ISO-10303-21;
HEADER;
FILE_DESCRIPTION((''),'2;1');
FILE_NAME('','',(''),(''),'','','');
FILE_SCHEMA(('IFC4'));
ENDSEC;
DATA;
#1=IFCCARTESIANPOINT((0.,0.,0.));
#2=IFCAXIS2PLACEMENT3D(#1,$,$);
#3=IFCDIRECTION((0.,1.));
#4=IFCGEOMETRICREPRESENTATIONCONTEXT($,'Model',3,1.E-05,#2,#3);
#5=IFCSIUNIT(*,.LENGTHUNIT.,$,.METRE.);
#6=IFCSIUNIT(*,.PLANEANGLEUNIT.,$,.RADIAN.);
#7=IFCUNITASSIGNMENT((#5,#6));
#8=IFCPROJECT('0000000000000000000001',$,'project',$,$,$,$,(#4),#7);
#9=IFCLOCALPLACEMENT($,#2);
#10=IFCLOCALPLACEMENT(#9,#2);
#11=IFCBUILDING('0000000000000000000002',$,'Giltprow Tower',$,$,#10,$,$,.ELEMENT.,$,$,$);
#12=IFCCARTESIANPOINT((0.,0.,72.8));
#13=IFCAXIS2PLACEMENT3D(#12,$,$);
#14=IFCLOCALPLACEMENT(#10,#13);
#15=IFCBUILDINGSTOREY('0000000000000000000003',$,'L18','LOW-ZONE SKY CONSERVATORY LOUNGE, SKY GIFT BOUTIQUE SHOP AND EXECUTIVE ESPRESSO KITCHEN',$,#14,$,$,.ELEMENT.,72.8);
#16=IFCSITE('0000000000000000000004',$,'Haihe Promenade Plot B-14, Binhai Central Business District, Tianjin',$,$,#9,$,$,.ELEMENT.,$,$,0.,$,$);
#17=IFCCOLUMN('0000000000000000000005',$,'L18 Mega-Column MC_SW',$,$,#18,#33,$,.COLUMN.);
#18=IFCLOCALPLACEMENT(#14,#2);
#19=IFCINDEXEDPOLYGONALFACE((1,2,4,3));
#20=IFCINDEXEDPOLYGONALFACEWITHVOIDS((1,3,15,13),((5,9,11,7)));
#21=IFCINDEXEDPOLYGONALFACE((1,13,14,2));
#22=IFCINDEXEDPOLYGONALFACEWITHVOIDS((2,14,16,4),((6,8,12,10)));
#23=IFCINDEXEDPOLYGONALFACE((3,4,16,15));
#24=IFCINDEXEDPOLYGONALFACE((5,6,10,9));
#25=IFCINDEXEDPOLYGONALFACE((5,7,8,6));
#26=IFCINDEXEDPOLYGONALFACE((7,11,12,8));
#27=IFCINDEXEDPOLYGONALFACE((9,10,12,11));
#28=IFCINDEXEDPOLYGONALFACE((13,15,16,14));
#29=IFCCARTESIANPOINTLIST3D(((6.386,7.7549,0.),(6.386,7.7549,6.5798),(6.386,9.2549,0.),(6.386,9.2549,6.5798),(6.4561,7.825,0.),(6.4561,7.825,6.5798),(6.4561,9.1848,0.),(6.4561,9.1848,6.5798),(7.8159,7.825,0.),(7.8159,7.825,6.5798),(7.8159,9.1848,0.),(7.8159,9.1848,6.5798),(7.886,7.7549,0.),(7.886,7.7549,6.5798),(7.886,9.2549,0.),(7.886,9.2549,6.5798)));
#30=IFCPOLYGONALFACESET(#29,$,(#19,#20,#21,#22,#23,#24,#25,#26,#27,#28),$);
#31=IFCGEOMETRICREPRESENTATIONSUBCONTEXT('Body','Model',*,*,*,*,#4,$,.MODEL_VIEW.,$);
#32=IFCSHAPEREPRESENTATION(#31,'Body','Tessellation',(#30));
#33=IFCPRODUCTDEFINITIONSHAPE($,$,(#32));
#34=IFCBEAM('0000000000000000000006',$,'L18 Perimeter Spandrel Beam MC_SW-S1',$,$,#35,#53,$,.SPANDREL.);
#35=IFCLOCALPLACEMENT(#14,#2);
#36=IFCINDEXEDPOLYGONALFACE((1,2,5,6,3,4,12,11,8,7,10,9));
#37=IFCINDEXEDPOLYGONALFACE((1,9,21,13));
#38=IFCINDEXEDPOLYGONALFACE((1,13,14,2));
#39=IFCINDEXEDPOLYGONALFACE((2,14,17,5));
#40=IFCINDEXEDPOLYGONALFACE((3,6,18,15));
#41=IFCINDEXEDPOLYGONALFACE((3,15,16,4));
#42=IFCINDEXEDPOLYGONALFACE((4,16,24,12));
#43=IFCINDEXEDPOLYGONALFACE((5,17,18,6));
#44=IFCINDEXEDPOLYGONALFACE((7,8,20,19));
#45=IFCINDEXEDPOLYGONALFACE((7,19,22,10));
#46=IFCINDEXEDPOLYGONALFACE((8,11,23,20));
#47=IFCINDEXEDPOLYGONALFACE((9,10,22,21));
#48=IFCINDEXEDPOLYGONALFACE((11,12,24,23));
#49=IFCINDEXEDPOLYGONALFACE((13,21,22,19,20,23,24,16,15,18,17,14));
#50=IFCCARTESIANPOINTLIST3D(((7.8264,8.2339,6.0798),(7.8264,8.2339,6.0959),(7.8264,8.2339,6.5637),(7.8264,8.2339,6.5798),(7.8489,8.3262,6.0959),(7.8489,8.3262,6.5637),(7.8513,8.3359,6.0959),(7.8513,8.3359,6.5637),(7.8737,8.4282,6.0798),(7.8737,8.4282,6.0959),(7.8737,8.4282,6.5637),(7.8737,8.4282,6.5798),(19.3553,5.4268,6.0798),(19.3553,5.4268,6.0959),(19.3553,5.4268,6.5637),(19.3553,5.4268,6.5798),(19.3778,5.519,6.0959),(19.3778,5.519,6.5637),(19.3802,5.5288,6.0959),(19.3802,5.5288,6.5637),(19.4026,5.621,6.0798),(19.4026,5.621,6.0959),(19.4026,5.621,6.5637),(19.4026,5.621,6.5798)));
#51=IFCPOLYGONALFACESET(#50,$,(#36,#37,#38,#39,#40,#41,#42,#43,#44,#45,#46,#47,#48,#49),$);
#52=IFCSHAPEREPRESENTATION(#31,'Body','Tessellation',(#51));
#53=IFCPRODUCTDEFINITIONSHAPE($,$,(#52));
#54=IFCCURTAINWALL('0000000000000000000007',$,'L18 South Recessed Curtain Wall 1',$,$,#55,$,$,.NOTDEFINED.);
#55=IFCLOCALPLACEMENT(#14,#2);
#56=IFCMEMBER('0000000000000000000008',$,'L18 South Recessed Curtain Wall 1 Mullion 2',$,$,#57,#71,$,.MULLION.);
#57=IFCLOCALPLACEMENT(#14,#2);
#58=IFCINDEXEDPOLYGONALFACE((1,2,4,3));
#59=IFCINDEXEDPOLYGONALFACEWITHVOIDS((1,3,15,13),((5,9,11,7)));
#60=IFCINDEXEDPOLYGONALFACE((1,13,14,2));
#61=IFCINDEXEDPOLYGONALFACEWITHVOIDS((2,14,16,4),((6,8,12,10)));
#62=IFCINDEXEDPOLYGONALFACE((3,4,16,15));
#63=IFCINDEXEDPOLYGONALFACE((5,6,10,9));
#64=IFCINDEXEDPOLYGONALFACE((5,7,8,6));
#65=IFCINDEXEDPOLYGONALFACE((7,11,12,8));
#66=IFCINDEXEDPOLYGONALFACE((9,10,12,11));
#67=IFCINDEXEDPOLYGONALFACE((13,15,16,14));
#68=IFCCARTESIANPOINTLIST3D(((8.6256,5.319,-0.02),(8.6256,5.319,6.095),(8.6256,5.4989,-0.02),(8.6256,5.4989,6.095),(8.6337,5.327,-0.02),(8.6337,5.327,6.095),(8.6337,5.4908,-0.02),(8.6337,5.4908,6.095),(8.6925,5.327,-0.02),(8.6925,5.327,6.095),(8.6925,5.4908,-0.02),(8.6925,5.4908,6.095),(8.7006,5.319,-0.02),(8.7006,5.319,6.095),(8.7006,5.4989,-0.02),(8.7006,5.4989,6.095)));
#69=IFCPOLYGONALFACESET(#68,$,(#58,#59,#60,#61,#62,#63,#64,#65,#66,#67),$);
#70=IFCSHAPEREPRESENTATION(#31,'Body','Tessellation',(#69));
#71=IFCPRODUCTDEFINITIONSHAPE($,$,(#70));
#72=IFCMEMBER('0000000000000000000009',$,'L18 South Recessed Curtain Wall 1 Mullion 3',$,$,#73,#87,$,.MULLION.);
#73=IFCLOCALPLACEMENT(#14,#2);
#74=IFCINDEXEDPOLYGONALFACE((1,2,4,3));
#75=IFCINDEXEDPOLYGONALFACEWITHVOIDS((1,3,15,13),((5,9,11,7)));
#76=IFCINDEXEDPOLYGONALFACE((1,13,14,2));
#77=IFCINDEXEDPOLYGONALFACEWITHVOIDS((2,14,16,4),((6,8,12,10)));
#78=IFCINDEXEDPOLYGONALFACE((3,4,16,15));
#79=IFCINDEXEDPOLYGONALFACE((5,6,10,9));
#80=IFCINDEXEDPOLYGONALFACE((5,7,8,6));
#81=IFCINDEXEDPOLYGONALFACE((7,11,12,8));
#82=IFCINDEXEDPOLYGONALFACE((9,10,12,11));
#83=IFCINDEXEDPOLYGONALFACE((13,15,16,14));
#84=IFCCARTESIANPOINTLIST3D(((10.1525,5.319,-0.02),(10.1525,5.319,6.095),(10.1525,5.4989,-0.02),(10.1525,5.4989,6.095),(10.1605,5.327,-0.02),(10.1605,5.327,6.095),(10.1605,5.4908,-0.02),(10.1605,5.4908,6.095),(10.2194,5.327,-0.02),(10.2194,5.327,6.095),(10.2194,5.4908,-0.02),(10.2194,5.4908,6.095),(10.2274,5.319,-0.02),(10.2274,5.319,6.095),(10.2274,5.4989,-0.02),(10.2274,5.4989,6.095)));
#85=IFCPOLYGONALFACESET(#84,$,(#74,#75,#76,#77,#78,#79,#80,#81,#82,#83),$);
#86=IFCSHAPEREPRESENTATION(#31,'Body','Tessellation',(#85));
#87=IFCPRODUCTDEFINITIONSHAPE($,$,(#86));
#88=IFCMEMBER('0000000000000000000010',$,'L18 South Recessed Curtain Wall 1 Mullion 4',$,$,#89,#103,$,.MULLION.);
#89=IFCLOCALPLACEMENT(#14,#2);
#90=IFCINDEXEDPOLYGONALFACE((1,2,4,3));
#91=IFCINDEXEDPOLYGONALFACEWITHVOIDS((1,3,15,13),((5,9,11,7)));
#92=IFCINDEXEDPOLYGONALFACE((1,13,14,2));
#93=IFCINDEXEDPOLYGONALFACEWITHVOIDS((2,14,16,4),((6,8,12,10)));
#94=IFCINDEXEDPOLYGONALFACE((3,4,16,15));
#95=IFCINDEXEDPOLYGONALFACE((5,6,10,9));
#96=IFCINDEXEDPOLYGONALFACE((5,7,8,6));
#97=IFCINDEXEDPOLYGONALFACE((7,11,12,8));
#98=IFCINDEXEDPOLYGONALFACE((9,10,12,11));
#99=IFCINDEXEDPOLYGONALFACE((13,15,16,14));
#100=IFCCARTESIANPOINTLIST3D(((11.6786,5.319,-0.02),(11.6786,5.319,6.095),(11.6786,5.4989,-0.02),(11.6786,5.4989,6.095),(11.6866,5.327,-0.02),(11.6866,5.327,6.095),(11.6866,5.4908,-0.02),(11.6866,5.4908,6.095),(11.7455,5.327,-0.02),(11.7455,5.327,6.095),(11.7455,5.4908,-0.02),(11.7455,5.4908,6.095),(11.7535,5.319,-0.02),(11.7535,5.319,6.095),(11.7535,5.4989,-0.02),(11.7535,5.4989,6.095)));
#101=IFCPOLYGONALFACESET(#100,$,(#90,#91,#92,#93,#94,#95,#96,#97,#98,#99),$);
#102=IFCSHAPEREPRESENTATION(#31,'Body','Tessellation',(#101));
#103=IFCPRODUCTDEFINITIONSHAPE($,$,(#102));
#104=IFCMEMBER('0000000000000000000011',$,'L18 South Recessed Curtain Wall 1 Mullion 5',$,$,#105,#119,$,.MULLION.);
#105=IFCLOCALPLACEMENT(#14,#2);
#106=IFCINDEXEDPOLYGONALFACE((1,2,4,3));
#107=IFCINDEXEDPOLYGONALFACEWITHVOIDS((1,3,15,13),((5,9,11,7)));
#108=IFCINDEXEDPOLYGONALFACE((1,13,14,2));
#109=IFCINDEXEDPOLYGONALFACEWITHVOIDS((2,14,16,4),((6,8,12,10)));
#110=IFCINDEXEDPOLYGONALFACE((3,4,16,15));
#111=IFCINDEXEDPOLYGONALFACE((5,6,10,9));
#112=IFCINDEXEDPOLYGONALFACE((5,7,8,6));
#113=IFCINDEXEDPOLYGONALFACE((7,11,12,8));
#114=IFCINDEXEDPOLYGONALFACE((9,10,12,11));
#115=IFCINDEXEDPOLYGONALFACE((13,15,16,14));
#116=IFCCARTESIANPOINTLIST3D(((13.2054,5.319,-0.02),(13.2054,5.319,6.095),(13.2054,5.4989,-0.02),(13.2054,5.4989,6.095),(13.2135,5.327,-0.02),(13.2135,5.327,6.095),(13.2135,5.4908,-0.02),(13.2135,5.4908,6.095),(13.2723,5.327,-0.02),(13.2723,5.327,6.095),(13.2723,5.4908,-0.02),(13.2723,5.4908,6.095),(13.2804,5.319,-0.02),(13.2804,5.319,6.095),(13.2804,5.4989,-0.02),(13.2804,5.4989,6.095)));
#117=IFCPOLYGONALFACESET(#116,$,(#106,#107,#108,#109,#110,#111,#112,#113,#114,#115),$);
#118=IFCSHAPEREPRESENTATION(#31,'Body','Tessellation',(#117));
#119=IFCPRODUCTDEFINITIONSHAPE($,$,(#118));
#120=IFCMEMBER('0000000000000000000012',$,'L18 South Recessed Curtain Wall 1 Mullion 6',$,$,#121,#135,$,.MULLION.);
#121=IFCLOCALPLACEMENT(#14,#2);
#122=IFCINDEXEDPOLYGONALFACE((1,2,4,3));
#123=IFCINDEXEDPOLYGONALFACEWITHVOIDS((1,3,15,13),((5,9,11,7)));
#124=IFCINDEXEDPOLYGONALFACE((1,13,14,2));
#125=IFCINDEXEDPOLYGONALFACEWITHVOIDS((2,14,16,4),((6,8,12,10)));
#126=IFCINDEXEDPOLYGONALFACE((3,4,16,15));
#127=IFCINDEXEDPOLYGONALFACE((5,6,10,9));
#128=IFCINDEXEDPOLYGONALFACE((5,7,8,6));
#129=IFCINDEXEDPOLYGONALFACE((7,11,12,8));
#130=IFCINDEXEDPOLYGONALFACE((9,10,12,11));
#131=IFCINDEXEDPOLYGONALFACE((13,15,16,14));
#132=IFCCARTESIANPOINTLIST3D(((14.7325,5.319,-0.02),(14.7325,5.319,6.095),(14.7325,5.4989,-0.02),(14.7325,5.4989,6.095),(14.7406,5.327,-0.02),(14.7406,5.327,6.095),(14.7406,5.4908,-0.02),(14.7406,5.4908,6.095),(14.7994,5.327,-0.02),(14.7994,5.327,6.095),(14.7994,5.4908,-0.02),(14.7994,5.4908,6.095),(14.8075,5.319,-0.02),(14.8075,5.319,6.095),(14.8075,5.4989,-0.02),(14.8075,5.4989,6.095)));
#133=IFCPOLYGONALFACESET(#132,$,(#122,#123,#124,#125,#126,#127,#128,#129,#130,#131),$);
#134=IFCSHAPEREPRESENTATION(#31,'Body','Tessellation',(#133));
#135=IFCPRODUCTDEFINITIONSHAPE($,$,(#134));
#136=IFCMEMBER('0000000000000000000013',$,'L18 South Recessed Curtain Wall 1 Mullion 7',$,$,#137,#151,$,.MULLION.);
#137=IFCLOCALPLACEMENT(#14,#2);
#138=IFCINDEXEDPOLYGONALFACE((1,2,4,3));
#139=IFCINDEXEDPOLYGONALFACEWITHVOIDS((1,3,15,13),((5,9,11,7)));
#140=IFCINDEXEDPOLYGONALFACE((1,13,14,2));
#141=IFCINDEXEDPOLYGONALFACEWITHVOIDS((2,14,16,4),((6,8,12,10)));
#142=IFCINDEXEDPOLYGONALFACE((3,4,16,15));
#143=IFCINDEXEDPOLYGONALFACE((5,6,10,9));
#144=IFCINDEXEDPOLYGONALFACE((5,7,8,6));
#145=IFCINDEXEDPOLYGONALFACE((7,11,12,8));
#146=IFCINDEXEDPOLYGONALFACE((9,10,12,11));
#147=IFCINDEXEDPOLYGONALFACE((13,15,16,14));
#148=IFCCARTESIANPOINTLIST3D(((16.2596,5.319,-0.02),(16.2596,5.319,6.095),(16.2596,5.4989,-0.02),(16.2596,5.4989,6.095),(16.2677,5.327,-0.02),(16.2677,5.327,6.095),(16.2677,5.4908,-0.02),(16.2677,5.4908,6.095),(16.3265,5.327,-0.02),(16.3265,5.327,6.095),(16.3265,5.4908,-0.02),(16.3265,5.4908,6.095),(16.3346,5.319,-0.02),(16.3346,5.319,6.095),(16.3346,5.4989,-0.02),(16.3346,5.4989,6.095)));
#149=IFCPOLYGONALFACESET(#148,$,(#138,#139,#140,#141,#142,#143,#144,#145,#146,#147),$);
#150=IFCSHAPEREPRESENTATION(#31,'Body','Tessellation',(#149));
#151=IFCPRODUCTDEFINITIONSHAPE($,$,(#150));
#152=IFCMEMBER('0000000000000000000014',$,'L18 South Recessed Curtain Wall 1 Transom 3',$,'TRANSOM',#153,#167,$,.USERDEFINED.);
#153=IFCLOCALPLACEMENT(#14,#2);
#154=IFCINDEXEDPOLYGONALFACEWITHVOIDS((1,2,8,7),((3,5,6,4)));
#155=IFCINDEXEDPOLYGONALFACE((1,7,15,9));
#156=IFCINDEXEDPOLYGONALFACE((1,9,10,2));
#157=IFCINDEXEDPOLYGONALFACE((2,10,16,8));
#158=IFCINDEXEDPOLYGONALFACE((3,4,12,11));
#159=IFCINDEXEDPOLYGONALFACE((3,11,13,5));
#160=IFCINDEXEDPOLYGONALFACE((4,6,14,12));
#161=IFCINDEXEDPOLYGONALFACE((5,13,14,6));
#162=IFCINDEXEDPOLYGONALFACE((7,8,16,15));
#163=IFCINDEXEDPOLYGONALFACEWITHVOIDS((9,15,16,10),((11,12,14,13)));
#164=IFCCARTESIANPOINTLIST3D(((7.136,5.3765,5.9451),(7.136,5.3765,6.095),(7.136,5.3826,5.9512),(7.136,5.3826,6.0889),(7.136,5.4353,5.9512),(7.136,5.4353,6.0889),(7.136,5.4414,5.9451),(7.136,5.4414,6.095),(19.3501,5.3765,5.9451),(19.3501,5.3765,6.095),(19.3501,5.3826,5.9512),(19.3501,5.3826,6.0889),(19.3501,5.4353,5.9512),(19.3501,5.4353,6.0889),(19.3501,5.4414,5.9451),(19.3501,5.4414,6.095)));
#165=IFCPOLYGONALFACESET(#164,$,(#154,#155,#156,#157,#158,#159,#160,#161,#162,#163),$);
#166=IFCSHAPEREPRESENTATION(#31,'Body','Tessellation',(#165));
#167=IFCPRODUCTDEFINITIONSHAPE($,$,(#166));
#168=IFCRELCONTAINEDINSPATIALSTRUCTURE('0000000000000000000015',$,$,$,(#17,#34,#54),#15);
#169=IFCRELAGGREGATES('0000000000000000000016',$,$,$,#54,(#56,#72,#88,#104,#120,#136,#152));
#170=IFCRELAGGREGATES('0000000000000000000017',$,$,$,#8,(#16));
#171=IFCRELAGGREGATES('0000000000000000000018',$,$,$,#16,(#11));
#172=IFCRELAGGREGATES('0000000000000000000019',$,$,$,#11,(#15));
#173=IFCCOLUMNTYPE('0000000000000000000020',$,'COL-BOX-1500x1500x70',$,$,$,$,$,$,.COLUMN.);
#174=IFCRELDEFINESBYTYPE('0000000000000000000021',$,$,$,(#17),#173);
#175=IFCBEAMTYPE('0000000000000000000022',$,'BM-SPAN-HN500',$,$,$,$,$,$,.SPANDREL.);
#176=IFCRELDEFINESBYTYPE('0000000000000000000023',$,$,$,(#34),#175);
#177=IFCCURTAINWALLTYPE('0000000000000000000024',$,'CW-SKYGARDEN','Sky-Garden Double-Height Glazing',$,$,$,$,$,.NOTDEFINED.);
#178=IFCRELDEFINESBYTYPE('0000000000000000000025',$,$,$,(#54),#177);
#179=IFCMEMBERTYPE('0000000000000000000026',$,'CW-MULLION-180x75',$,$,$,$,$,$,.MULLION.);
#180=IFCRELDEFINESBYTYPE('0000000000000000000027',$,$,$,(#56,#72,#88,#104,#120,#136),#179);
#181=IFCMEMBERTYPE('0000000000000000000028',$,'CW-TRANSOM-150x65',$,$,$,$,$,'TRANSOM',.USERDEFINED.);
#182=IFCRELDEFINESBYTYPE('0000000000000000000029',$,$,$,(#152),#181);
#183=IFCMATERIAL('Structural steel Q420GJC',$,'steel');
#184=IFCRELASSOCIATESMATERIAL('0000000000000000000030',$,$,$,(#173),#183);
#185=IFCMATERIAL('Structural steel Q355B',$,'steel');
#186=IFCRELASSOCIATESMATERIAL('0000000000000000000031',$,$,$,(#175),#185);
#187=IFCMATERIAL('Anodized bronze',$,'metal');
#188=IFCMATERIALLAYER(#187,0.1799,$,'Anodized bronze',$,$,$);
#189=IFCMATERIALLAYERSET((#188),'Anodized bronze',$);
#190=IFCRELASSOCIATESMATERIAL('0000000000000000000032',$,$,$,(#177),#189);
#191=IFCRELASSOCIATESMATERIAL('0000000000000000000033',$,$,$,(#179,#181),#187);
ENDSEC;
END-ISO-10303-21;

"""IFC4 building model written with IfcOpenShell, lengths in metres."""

from ifc_helpers import new_model, si_unit, direction, frame, origin, origin_2d, place, context, subcontext, project, spatial, hollow_rectangle, i_section, extrude, source, transform, mapped, material, layer, layer_set, material_profile, profile_set, type_object, element, aggregate, save


model = new_model("IFC4")

# Units and contexts
model_context = context("Model", 3, precision=1e-05, world=origin(), true_north=direction((0.0, 1.0)))
body_context = subcontext(model_context, "Body", "Model", "MODEL_VIEW")
ifc_project = project(units=[si_unit("LENGTHUNIT", "METRE"), si_unit("PLANEANGLEUNIT", "RADIAN")], contexts=[model_context])

# Site, building, storey
site_placement = place(None, origin())
site = spatial("IfcSite", under=ifc_project, at=site_placement, Name="Haihe Promenade Plot B-14, Binhai Central Business District, Tianjin", CompositionType="ELEMENT", RefElevation=0.0)
building_placement = place(site_placement, origin())
building = spatial("IfcBuilding", under=site, at=building_placement, Name="Giltprow Tower", CompositionType="ELEMENT")
storey_placement = place(building_placement, frame((0.0, 0.0, 72.8)))
storey = spatial("IfcBuildingStorey", under=building, at=storey_placement, Name="L18", Description="LOW-ZONE SKY CONSERVATORY LOUNGE, SKY GIFT BOUTIQUE SHOP AND EXECUTIVE ESPRESSO KITCHEN", CompositionType="ELEMENT", Elevation=72.8)

# Column
ifc_material_1 = material(Name="Structural steel Q420GJC", Category="steel")
ifc_material_profile_1 = material_profile(ifc_material_1, hollow_rectangle(XDim=1.5, YDim=1.5, WallThickness=0.0701, at=origin_2d()), Name="BOX 1500x1500x70")
ifc_profile_set_1 = profile_set([ifc_material_profile_1], Name="Structural steel Q420GJC")
column_type = type_object("IfcColumnType", Name="COL-BOX-1500x1500x70", PredefinedType="COLUMN", material=ifc_profile_set_1)
shared_shape_1 = source(origin(), body_context, "Body", "SweptSolid", [
    extrude(hollow_rectangle(XDim=1.5, YDim=1.5, WallThickness=0.0701, at=origin_2d()), origin(), (0.0, 0.0, 1.0), 6.5798),
])
column_placement = place(storey_placement, frame((7.136, 8.5049, 0.0), z_axis=(0.0, 0.0, 1.0), x_axis=(1.0, 0.0, 0.0)))
element("IfcColumn", 1, at=column_placement, inside=storey, type_object=column_type, Name="L18 Mega-Column MC_SW", PredefinedType="COLUMN", context=body_context, shape_type="MappedRepresentation", body=[
    mapped(shared_shape_1, transform((0.0, 0.0, 0.0), x_axis=(1.0, 0.0, 0.0), y_axis=(0.0, 1.0, 0.0), z_axis=(0.0, 0.0, 1.0), scale=1.0)),
])

# Beam
ifc_material_2 = material(Name="Structural steel Q355B", Category="steel")
ifc_material_profile_2 = material_profile(ifc_material_2, i_section(OverallWidth=0.2, OverallDepth=0.5, WebThickness=0.01, FlangeThickness=0.0161, at=origin_2d()), Name="HN 500x200x10x16")
ifc_profile_set_2 = profile_set([ifc_material_profile_2], Name="Structural steel Q355B")
beam_type = type_object("IfcBeamType", Name="BM-SPAN-HN500", PredefinedType="SPANDREL", material=ifc_profile_set_2)
shared_shape_2 = source(origin(), body_context, "Body", "SweptSolid", [
    extrude(i_section(OverallWidth=0.2, OverallDepth=0.5, WebThickness=0.01, FlangeThickness=0.0161, at=origin_2d()), origin(), (0.0, 0.0, 1.0), 11.8657),
])
beam_placement = place(storey_placement, frame((7.8501, 8.3311, 6.3298), z_axis=(0.971613, -0.236576, 0.0), x_axis=(0.236576, 0.971613, 0.0)))
element("IfcBeam", 2, at=beam_placement, inside=storey, type_object=beam_type, Name="L18 Perimeter Spandrel Beam MC_SW-S1", PredefinedType="SPANDREL", context=body_context, shape_type="MappedRepresentation", body=[
    mapped(shared_shape_2, transform((0.0, 0.0, 0.0), x_axis=(1.0, 0.0, 0.0), y_axis=(0.0, 1.0, 0.0), z_axis=(0.0, 0.0, 1.0), scale=1.0)),
])

# Curtain wall, members
ifc_material_3 = material(Name="Anodized bronze", Category="metal")
ifc_layer = layer(ifc_material_3, 0.1799, Name="Anodized bronze")
ifc_layer_set = layer_set([ifc_layer], Name="Anodized bronze")
curtain_wall_type = type_object("IfcCurtainWallType", Name="CW-SKYGARDEN", Description="Sky-Garden Double-Height Glazing", PredefinedType="NOTDEFINED", material=ifc_layer_set)
curtain_wall_placement = place(storey_placement, origin())
curtain_wall = element("IfcCurtainWall", 3, at=curtain_wall_placement, inside=storey, type_object=curtain_wall_type, Name="L18 South Recessed Curtain Wall 1", PredefinedType="NOTDEFINED")
ifc_material_profile_3 = material_profile(ifc_material_3, hollow_rectangle(XDim=0.075, YDim=0.1799, WallThickness=0.0081, at=origin_2d()), Name="RHS 180x75x8")
ifc_profile_set_3 = profile_set([ifc_material_profile_3], Name="Anodized bronze")
member_type_1 = type_object("IfcMemberType", Name="CW-MULLION-180x75", PredefinedType="MULLION", material=ifc_profile_set_3)
shared_shape_3 = source(origin(), body_context, "Body", "SweptSolid", [
    extrude(hollow_rectangle(XDim=0.075, YDim=0.1799, WallThickness=0.0081, at=origin_2d()), origin(), (0.0, 0.0, 1.0), 6.115),
])
member_1_placement = place(storey_placement, frame((8.6631, 5.4089, -0.02), z_axis=(0.0, 0.0, 1.0), x_axis=(1.0, 0.0, 0.0)))
member_1 = element("IfcMember", 4, at=member_1_placement, type_object=member_type_1, Name="L18 South Recessed Curtain Wall 1 Mullion 2", PredefinedType="MULLION", context=body_context, shape_type="MappedRepresentation", body=[
    mapped(shared_shape_3, transform((0.0, 0.0, 0.0), x_axis=(1.0, 0.0, 0.0), y_axis=(0.0, 1.0, 0.0), z_axis=(0.0, 0.0, 1.0), scale=1.0)),
])
member_2_placement = place(storey_placement, frame((10.1899, 5.4089, -0.02), z_axis=(0.0, 0.0, 1.0), x_axis=(1.0, 0.0, 0.0)))
member_2 = element("IfcMember", 5, at=member_2_placement, type_object=member_type_1, Name="L18 South Recessed Curtain Wall 1 Mullion 3", PredefinedType="MULLION", context=body_context, shape_type="MappedRepresentation", body=[
    mapped(shared_shape_3, transform((0.0, 0.0, 0.0), x_axis=(1.0, 0.0, 0.0), y_axis=(0.0, 1.0, 0.0), z_axis=(0.0, 0.0, 1.0), scale=1.0)),
])
member_3_placement = place(storey_placement, frame((11.7161, 5.4089, -0.02), z_axis=(0.0, 0.0, 1.0), x_axis=(1.0, 0.0, 0.0)))
member_3 = element("IfcMember", 6, at=member_3_placement, type_object=member_type_1, Name="L18 South Recessed Curtain Wall 1 Mullion 4", PredefinedType="MULLION", context=body_context, shape_type="MappedRepresentation", body=[
    mapped(shared_shape_3, transform((0.0, 0.0, 0.0), x_axis=(1.0, 0.0, 0.0), y_axis=(0.0, 1.0, 0.0), z_axis=(0.0, 0.0, 1.0), scale=1.0)),
])
member_4_placement = place(storey_placement, frame((13.2429, 5.4089, -0.02), z_axis=(0.0, 0.0, 1.0), x_axis=(1.0, 0.0, 0.0)))
member_4 = element("IfcMember", 7, at=member_4_placement, type_object=member_type_1, Name="L18 South Recessed Curtain Wall 1 Mullion 5", PredefinedType="MULLION", context=body_context, shape_type="MappedRepresentation", body=[
    mapped(shared_shape_3, transform((0.0, 0.0, 0.0), x_axis=(1.0, 0.0, 0.0), y_axis=(0.0, 1.0, 0.0), z_axis=(0.0, 0.0, 1.0), scale=1.0)),
])
member_5_placement = place(storey_placement, frame((14.77, 5.4089, -0.02), z_axis=(0.0, 0.0, 1.0), x_axis=(1.0, 0.0, 0.0)))
member_5 = element("IfcMember", 8, at=member_5_placement, type_object=member_type_1, Name="L18 South Recessed Curtain Wall 1 Mullion 6", PredefinedType="MULLION", context=body_context, shape_type="MappedRepresentation", body=[
    mapped(shared_shape_3, transform((0.0, 0.0, 0.0), x_axis=(1.0, 0.0, 0.0), y_axis=(0.0, 1.0, 0.0), z_axis=(0.0, 0.0, 1.0), scale=1.0)),
])
member_6_placement = place(storey_placement, frame((16.2971, 5.4089, -0.02), z_axis=(0.0, 0.0, 1.0), x_axis=(1.0, 0.0, 0.0)))
member_6 = element("IfcMember", 9, at=member_6_placement, type_object=member_type_1, Name="L18 South Recessed Curtain Wall 1 Mullion 7", PredefinedType="MULLION", context=body_context, shape_type="MappedRepresentation", body=[
    mapped(shared_shape_3, transform((0.0, 0.0, 0.0), x_axis=(1.0, 0.0, 0.0), y_axis=(0.0, 1.0, 0.0), z_axis=(0.0, 0.0, 1.0), scale=1.0)),
])
ifc_material_profile_4 = material_profile(ifc_material_3, hollow_rectangle(XDim=0.0649, YDim=0.1499, WallThickness=0.0061, at=origin_2d()), Name="RHS 150x65x6")
ifc_profile_set_4 = profile_set([ifc_material_profile_4], Name="Anodized bronze")
member_type_2 = type_object("IfcMemberType", Name="CW-TRANSOM-150x65", ElementType="TRANSOM", PredefinedType="USERDEFINED", material=ifc_profile_set_4)
shared_shape_4 = source(origin(), body_context, "Body", "SweptSolid", [
    extrude(hollow_rectangle(XDim=0.0649, YDim=0.1499, WallThickness=0.0061, at=origin_2d()), origin(), (0.0, 0.0, 1.0), 12.2141),
])
member_7_placement = place(storey_placement, frame((7.136, 5.4089, 6.02), z_axis=(1.0, 0.0, 0.0), x_axis=(0.0, 1.0, 0.0)))
member_7 = element("IfcMember", 10, at=member_7_placement, type_object=member_type_2, Name="L18 South Recessed Curtain Wall 1 Transom 3", ObjectType="TRANSOM", PredefinedType="USERDEFINED", context=body_context, shape_type="MappedRepresentation", body=[
    mapped(shared_shape_4, transform((0.0, 0.0, 0.0), x_axis=(1.0, 0.0, 0.0), y_axis=(0.0, 1.0, 0.0), z_axis=(0.0, 0.0, 1.0), scale=1.0)),
])
aggregate(curtain_wall, [member_1, member_2, member_3, member_4, member_5, member_6, member_7])

save(model, "model.ifc")
